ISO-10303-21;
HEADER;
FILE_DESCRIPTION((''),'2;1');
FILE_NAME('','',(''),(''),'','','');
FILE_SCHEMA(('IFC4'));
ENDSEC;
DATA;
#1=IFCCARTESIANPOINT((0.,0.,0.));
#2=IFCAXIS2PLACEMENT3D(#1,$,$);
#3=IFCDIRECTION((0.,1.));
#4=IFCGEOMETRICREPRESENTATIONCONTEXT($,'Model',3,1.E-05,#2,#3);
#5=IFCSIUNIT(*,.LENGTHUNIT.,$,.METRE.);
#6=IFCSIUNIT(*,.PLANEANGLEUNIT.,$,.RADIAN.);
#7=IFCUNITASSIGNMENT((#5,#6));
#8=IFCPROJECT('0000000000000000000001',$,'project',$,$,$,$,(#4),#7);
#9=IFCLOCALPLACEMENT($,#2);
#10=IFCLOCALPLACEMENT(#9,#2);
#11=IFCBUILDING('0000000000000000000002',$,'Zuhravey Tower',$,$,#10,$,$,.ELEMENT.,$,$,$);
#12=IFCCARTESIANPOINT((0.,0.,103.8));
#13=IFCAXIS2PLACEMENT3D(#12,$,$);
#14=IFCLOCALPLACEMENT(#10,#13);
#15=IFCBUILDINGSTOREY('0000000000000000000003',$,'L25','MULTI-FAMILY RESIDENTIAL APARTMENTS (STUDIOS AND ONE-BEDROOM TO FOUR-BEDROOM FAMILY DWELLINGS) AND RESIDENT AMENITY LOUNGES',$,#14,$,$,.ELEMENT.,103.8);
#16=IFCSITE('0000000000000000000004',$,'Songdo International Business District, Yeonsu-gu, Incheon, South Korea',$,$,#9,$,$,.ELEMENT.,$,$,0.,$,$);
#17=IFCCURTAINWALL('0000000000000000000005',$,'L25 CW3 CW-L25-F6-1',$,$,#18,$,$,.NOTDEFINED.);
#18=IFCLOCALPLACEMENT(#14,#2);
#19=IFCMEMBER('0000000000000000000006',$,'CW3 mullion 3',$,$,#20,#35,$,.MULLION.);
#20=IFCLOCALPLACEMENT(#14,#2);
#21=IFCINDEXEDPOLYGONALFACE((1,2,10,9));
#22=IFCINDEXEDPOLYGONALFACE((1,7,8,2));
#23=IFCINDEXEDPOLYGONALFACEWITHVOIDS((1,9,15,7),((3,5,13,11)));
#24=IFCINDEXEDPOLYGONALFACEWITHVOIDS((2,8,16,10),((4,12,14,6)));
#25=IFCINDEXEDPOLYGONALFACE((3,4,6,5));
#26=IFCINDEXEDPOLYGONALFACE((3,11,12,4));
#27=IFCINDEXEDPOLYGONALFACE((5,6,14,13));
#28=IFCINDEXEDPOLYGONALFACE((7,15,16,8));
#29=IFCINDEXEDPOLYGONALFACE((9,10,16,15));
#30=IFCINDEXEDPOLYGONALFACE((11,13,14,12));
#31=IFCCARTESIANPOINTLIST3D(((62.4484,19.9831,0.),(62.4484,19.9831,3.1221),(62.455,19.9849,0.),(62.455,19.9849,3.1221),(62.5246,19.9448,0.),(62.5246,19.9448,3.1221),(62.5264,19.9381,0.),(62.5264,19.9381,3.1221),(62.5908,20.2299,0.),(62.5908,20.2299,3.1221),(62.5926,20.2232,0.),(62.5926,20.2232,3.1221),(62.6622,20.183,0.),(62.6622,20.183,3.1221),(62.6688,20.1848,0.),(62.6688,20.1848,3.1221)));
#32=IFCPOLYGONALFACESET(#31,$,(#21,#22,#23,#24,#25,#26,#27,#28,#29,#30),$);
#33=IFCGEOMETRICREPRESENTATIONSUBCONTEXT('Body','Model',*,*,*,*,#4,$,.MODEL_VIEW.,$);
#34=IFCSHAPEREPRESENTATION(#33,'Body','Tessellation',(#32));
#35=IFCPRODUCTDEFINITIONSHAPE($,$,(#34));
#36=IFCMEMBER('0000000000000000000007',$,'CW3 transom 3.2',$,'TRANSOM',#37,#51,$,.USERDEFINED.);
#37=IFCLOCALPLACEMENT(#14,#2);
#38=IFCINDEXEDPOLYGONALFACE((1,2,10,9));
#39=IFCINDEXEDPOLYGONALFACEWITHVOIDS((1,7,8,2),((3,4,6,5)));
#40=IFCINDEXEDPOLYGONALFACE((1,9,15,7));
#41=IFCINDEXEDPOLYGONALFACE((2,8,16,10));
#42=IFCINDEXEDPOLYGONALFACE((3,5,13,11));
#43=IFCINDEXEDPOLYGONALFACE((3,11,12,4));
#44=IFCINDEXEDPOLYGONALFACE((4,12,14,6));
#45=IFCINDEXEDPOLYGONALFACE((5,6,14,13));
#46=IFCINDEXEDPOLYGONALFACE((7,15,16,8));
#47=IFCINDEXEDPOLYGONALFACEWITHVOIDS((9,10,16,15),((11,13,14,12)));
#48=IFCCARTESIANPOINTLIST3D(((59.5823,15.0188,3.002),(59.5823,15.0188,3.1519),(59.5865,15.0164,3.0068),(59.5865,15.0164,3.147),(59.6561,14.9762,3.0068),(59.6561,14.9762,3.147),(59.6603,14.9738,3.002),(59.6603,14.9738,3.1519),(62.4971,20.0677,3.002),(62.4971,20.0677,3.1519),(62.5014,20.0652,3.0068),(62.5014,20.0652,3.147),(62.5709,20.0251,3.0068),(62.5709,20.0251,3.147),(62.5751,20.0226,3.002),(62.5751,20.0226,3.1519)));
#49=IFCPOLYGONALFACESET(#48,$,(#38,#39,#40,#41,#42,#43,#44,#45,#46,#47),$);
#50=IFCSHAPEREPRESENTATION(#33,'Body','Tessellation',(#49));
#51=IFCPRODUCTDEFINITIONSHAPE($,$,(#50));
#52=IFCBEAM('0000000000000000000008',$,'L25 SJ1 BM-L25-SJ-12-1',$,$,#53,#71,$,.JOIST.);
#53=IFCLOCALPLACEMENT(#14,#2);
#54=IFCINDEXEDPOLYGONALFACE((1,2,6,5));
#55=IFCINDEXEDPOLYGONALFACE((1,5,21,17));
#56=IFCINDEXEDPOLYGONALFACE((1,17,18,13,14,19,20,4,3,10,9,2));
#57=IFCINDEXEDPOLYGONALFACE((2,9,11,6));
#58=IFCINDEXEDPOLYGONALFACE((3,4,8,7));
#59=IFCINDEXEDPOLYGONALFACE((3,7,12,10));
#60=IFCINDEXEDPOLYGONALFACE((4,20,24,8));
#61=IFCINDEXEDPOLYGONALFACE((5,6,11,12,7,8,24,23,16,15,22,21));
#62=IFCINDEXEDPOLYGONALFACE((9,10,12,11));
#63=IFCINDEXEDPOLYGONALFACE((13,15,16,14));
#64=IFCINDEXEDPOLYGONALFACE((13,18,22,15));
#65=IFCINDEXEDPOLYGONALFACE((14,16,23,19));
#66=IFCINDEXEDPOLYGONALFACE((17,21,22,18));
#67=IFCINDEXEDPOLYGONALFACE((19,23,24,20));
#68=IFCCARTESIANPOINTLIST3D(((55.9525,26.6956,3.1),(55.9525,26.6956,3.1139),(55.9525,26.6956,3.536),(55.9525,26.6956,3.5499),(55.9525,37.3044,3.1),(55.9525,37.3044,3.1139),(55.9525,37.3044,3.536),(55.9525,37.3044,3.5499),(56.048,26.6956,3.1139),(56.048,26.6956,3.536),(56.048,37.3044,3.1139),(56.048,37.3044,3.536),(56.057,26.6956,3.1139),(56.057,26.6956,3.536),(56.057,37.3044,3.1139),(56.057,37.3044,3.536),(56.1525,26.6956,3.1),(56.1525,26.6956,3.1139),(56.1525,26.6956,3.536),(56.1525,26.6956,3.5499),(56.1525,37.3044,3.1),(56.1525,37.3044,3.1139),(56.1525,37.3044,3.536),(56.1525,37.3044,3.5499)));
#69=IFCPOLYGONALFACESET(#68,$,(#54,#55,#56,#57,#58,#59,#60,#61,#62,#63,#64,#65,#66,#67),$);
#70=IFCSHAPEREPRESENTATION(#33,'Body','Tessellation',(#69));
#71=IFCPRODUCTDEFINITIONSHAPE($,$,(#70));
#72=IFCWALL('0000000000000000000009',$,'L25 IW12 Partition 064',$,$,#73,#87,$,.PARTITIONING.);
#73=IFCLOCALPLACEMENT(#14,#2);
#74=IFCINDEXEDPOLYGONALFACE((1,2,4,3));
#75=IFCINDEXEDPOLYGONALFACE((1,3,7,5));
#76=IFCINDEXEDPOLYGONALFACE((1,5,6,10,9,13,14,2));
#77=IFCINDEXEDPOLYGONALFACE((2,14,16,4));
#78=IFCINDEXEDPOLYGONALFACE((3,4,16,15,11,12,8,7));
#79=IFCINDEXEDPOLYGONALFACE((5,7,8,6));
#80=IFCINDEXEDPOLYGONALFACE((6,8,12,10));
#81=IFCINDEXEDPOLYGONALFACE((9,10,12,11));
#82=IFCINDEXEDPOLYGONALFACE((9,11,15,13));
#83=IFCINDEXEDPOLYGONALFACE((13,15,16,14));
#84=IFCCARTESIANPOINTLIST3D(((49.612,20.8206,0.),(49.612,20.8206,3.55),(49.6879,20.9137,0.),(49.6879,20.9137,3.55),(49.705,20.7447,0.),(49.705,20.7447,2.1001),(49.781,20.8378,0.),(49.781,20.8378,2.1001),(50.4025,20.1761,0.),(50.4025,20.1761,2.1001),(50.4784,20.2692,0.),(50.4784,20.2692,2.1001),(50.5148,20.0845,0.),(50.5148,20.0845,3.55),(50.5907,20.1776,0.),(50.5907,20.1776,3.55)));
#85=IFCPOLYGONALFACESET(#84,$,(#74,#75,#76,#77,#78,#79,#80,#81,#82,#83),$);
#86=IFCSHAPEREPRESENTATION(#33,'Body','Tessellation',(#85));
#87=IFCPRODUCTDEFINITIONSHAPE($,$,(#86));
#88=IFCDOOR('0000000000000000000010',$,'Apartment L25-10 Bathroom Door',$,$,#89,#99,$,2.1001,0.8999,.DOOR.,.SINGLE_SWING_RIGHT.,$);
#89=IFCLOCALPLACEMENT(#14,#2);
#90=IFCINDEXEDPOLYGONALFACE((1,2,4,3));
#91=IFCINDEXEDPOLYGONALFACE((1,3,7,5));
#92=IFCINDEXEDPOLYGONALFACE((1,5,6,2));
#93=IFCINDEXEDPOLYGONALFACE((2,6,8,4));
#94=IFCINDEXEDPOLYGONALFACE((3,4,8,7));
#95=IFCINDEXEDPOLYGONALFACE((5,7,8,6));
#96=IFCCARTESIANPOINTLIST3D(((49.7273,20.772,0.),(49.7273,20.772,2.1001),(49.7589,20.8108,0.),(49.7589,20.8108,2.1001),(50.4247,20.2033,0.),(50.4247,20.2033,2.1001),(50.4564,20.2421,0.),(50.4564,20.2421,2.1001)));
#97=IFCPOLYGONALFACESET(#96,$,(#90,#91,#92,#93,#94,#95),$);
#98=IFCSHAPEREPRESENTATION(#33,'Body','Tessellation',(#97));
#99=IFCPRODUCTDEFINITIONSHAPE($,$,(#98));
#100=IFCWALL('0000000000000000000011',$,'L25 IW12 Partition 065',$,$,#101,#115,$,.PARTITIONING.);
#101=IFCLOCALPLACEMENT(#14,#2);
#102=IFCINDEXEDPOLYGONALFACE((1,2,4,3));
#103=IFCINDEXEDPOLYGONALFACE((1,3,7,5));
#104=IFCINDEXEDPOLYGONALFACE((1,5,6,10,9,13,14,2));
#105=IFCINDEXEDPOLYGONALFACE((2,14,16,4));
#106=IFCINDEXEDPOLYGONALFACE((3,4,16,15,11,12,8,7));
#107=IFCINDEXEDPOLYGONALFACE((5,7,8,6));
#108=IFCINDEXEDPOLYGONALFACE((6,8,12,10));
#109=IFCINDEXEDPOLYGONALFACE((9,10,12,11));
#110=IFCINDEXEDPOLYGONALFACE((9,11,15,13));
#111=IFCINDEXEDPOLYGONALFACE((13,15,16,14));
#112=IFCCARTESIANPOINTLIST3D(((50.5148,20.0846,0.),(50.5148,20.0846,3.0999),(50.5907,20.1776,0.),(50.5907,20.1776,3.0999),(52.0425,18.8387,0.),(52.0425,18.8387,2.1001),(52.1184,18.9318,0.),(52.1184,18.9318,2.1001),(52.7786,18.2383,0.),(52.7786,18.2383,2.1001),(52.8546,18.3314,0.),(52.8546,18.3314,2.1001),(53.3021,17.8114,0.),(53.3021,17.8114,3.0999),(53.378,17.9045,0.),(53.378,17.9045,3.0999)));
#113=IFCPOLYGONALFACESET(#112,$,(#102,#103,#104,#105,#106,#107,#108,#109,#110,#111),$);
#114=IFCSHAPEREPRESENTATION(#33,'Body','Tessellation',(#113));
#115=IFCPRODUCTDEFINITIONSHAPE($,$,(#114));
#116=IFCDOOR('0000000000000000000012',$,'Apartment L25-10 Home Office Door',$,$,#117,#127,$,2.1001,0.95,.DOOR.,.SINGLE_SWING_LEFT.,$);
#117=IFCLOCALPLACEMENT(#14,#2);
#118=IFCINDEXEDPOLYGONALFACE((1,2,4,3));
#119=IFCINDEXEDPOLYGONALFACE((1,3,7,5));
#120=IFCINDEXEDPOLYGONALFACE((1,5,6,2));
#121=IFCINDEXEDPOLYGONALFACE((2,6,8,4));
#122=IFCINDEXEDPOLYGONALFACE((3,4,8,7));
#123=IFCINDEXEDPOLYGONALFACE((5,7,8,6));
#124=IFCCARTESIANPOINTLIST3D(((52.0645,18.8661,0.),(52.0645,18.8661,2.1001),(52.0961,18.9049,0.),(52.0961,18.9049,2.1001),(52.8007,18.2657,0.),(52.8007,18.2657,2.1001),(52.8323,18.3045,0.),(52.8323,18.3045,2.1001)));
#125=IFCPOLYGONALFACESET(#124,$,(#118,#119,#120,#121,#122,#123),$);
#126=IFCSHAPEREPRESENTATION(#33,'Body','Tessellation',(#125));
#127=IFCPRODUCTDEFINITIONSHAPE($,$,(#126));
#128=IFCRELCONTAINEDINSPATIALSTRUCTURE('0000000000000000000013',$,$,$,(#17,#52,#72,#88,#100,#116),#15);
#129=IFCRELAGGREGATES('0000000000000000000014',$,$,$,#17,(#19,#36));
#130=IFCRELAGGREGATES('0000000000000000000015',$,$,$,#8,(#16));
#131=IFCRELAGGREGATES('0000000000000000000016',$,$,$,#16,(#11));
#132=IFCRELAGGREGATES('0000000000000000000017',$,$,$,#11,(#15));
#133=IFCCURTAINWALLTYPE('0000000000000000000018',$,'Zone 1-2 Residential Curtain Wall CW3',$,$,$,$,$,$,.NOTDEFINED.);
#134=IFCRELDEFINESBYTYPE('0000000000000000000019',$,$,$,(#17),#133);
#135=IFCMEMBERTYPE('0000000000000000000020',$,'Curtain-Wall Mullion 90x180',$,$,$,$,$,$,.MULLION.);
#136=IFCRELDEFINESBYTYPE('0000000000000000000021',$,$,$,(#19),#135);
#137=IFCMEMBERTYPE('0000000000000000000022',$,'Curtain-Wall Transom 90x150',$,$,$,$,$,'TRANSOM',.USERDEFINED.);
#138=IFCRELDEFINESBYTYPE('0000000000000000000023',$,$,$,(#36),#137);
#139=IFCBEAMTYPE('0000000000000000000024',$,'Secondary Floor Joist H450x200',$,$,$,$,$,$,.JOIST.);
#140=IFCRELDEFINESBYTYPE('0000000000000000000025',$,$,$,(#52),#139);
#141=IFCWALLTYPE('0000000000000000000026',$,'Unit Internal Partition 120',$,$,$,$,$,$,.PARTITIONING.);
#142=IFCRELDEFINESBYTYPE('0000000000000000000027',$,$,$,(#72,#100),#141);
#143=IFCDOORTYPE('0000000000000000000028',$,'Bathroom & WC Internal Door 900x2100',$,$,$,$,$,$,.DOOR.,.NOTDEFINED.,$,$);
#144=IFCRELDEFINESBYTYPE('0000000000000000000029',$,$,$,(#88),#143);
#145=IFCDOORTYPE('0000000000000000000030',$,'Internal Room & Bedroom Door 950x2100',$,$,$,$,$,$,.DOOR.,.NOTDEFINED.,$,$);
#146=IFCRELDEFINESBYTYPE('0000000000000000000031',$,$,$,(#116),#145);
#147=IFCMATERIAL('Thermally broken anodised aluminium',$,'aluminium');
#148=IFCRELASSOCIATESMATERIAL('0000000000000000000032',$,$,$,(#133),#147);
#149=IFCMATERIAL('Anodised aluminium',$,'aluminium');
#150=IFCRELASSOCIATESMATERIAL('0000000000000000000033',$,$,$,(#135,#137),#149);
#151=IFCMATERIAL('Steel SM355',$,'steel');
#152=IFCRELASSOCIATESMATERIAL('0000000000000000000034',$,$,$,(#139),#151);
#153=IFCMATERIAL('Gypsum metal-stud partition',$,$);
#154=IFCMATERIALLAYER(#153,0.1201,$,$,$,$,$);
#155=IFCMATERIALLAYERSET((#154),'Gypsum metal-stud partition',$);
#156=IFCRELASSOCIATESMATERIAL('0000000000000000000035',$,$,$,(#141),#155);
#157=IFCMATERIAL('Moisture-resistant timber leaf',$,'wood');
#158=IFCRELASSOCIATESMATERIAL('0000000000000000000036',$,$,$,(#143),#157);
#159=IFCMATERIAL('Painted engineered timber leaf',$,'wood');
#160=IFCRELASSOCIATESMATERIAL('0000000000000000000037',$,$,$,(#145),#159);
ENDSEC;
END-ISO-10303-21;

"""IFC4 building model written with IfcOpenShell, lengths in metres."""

from ifc_helpers import new_model, si_unit, direction, frame, frame_2d, origin, origin_2d, place, context, subcontext, project, spatial, rectangle, hollow_rectangle, i_section, extrude, material, layer, layer_set, material_profile, profile_set, type_object, element, fill, aggregate, save


model = new_model("IFC4")

# Units and contexts
model_context = context("Model", 3, precision=1e-05, world=origin(), true_north=direction((0.0, 1.0)))
body_context = subcontext(model_context, "Body", "Model", "MODEL_VIEW")
ifc_project = project(units=[si_unit("LENGTHUNIT", "METRE"), si_unit("PLANEANGLEUNIT", "RADIAN")], contexts=[model_context])

# Site, building, storey
site_placement = place(None, origin())
site = spatial("IfcSite", under=ifc_project, at=site_placement, Name="Songdo International Business District, Yeonsu-gu, Incheon, South Korea", CompositionType="ELEMENT", RefElevation=0.0)
building_placement = place(site_placement, origin())
building = spatial("IfcBuilding", under=site, at=building_placement, Name="Zuhravey Tower", CompositionType="ELEMENT")
storey_placement = place(building_placement, frame((0.0, 0.0, 103.8)))
storey = spatial("IfcBuildingStorey", under=building, at=storey_placement, Name="L25", Description="MULTI-FAMILY RESIDENTIAL APARTMENTS (STUDIOS AND ONE-BEDROOM TO FOUR-BEDROOM FAMILY DWELLINGS) AND RESIDENT AMENITY LOUNGES", CompositionType="ELEMENT", Elevation=103.8)

# Curtain wall, members
ifc_material_1 = material(Name="Thermally broken anodised aluminium", Category="aluminium")
curtain_wall_type = type_object("IfcCurtainWallType", Name="Zone 1-2 Residential Curtain Wall CW3", PredefinedType="NOTDEFINED", material=ifc_material_1)
curtain_wall_placement = place(storey_placement, origin())
curtain_wall = element("IfcCurtainWall", 1, at=curtain_wall_placement, inside=storey, type_object=curtain_wall_type, Name="L25 CW3 CW-L25-F6-1", PredefinedType="NOTDEFINED")
ifc_material_2 = material(Name="Anodised aluminium", Category="aluminium")
ifc_material_profile_1 = material_profile(ifc_material_2, hollow_rectangle(XDim=0.0901, YDim=0.2849, WallThickness=0.0049, at=origin_2d()), Name="ALU-RHS-90x285x5")
ifc_profile_set_1 = profile_set([ifc_material_profile_1], Name="Anodised aluminium")
member_type_1 = type_object("IfcMemberType", Name="Curtain-Wall Mullion 90x180", PredefinedType="MULLION", material=ifc_profile_set_1)
member_1_placement = place(storey_placement, frame((62.5586, 20.084, 0.0), z_axis=(0.0, 0.0, 1.0), x_axis=(0.866026, -0.5, 0.0)))
member_1 = element("IfcMember", 2, at=member_1_placement, type_object=member_type_1, Name="CW3 mullion 3", PredefinedType="MULLION", context=body_context, shape_type="SweptSolid", body=[
    extrude(hollow_rectangle(XDim=0.0901, YDim=0.2849, WallThickness=0.0049, at=origin_2d()), origin(), (0.0, 0.0, 1.0), 3.1221),
])
ifc_material_profile_2 = material_profile(ifc_material_2, hollow_rectangle(XDim=0.0901, YDim=0.1499, WallThickness=0.0049, at=origin_2d()), Name="ALU-RHS-90x150x5")
ifc_profile_set_2 = profile_set([ifc_material_profile_2], Name="Anodised aluminium")
member_type_2 = type_object("IfcMemberType", Name="Curtain-Wall Transom 90x150", ElementType="TRANSOM", PredefinedType="USERDEFINED", material=ifc_profile_set_2)
member_2_placement = place(storey_placement, frame((62.5361, 20.0452, 3.0769), z_axis=(-0.499981, -0.866036, 0.0), x_axis=(0.866036, -0.499981, 0.0)))
member_2 = element("IfcMember", 3, at=member_2_placement, type_object=member_type_2, Name="CW3 transom 3.2", ObjectType="TRANSOM", PredefinedType="USERDEFINED", context=body_context, shape_type="SweptSolid", body=[
    extrude(hollow_rectangle(XDim=0.0901, YDim=0.1499, WallThickness=0.0049, at=origin_2d()), origin(), (0.0, 0.0, 1.0), 5.8298),
])
aggregate(curtain_wall, [member_1, member_2])

# Beam
ifc_material_3 = material(Name="Steel SM355", Category="steel")
ifc_material_profile_3 = material_profile(ifc_material_3, i_section(OverallWidth=0.2, OverallDepth=0.45, WebThickness=0.009, FlangeThickness=0.0139, at=origin_2d()), Name="H-450x200x9x14")
ifc_profile_set_3 = profile_set([ifc_material_profile_3], Name="Steel SM355")
beam_type = type_object("IfcBeamType", Name="Secondary Floor Joist H450x200", PredefinedType="JOIST", material=ifc_profile_set_3)
beam_placement = place(storey_placement, frame((56.0525, 26.6956, 3.325), z_axis=(0.0, 1.0, 0.0), x_axis=(-1.0, 0.0, 0.0)))
element("IfcBeam", 4, at=beam_placement, inside=storey, type_object=beam_type, Name="L25 SJ1 BM-L25-SJ-12-1", PredefinedType="JOIST", context=body_context, shape_type="SweptSolid", body=[
    extrude(i_section(OverallWidth=0.2, OverallDepth=0.45, WebThickness=0.009, FlangeThickness=0.0139, at=origin_2d()), origin(), (0.0, 0.0, 1.0), 10.6089),
])

# Walls, openings, doors
ifc_material_4 = material(Name="Gypsum metal-stud partition")
ifc_layer_1 = layer(ifc_material_4, 0.1201)
ifc_layer_set_1 = layer_set([ifc_layer_1], Name="Gypsum metal-stud partition")
wall_type_1 = type_object("IfcWallType", Name="Unit Internal Partition 120", PredefinedType="PARTITIONING", material=ifc_layer_set_1)
wall_1_placement = place(storey_placement, frame((49.6499, 20.8672, 0.0), z_axis=(0.0, 0.0, 1.0), x_axis=(0.775049, -0.631902, 0.0)))
wall_1 = element("IfcWall", 5, at=wall_1_placement, inside=storey, type_object=wall_type_1, Name="L25 IW12 Partition 064", PredefinedType="PARTITIONING", context=body_context, shape_type="SweptSolid", body=[
    extrude(rectangle(XDim=1.1648, YDim=0.1201, at=frame_2d((0.5825, 0.0))), origin(), (0.0, 0.0, 1.0), 3.55),
])
opening_1_placement = place(wall_1_placement, frame((0.1201, 0.0, 0.0)))
opening_1 = element("IfcOpeningElement", 6, at=opening_1_placement, cuts=wall_1, PredefinedType="OPENING", context=body_context, shape_type="SweptSolid", body=[
    extrude(rectangle(XDim=0.8999, YDim=2.1001, at=frame_2d((0.45, 1.05))), frame((0.0, 0.072, 0.0), z_axis=(0.0, -1.0, 0.0), x_axis=(1.0, 0.0, 0.0)), (0.0, 0.0, 1.0), 0.144),
])
ifc_material_5 = material(Name="Moisture-resistant timber leaf", Category="wood")
door_type_1 = type_object("IfcDoorType", Name="Bathroom & WC Internal Door 900x2100", OperationType="NOTDEFINED", PredefinedType="DOOR", material=ifc_material_5)
door_1_placement = place(opening_1_placement, frame((0.8999, 0.0, 0.0), z_axis=(0.0, 0.0, 1.0), x_axis=(-1.0, 0.0, 0.0)))
door_1 = element("IfcDoor", 7, at=door_1_placement, inside=storey, type_object=door_type_1, Name="Apartment L25-10 Bathroom Door", OperationType="SINGLE_SWING_RIGHT", OverallHeight=2.1001, OverallWidth=0.8999, PredefinedType="DOOR", context=body_context, shape_type="SweptSolid", body=[
    extrude(rectangle(XDim=0.8999, YDim=2.1001, at=frame_2d((0.45, 1.05))), frame((0.0, 0.0249, 0.0), z_axis=(0.0, -1.0, 0.0), x_axis=(1.0, 0.0, 0.0)), (0.0, 0.0, 1.0), 0.05),
])
fill(opening_1, door_1)
wall_2_placement = place(storey_placement, frame((50.5527, 20.1311, 0.0), z_axis=(0.0, 0.0, 1.0), x_axis=(0.77496, -0.63201, 0.0)))
wall_2 = element("IfcWall", 8, at=wall_2_placement, inside=storey, type_object=wall_type_1, Name="L25 IW12 Partition 065", PredefinedType="PARTITIONING", context=body_context, shape_type="SweptSolid", body=[
    extrude(rectangle(XDim=3.5967, YDim=0.1201, at=frame_2d((1.7983, 0.0))), origin(), (0.0, 0.0, 1.0), 3.0999),
])
opening_2_placement = place(wall_2_placement, frame((1.9712, 0.0, 0.0)))
opening_2 = element("IfcOpeningElement", 9, at=opening_2_placement, cuts=wall_2, PredefinedType="OPENING", context=body_context, shape_type="SweptSolid", body=[
    extrude(rectangle(XDim=0.95, YDim=2.1001, at=frame_2d((0.4751, 1.05))), frame((0.0, 0.072, 0.0), z_axis=(0.0, -1.0, 0.0), x_axis=(1.0, 0.0, 0.0)), (0.0, 0.0, 1.0), 0.144),
])
ifc_material_6 = material(Name="Painted engineered timber leaf", Category="wood")
door_type_2 = type_object("IfcDoorType", Name="Internal Room & Bedroom Door 950x2100", OperationType="NOTDEFINED", PredefinedType="DOOR", material=ifc_material_6)
door_2_placement = place(opening_2_placement, frame((0.95, 0.0, 0.0), z_axis=(0.0, 0.0, 1.0), x_axis=(-1.0, 0.0, 0.0)))
door_2 = element("IfcDoor", 10, at=door_2_placement, inside=storey, type_object=door_type_2, Name="Apartment L25-10 Home Office Door", OperationType="SINGLE_SWING_LEFT", OverallHeight=2.1001, OverallWidth=0.95, PredefinedType="DOOR", context=body_context, shape_type="SweptSolid", body=[
    extrude(rectangle(XDim=0.95, YDim=2.1001, at=frame_2d((0.4751, 1.05))), frame((0.0, 0.0249, 0.0), z_axis=(0.0, -1.0, 0.0), x_axis=(1.0, 0.0, 0.0)), (0.0, 0.0, 1.0), 0.05),
])
fill(opening_2, door_2)

save(model, "model.ifc")
